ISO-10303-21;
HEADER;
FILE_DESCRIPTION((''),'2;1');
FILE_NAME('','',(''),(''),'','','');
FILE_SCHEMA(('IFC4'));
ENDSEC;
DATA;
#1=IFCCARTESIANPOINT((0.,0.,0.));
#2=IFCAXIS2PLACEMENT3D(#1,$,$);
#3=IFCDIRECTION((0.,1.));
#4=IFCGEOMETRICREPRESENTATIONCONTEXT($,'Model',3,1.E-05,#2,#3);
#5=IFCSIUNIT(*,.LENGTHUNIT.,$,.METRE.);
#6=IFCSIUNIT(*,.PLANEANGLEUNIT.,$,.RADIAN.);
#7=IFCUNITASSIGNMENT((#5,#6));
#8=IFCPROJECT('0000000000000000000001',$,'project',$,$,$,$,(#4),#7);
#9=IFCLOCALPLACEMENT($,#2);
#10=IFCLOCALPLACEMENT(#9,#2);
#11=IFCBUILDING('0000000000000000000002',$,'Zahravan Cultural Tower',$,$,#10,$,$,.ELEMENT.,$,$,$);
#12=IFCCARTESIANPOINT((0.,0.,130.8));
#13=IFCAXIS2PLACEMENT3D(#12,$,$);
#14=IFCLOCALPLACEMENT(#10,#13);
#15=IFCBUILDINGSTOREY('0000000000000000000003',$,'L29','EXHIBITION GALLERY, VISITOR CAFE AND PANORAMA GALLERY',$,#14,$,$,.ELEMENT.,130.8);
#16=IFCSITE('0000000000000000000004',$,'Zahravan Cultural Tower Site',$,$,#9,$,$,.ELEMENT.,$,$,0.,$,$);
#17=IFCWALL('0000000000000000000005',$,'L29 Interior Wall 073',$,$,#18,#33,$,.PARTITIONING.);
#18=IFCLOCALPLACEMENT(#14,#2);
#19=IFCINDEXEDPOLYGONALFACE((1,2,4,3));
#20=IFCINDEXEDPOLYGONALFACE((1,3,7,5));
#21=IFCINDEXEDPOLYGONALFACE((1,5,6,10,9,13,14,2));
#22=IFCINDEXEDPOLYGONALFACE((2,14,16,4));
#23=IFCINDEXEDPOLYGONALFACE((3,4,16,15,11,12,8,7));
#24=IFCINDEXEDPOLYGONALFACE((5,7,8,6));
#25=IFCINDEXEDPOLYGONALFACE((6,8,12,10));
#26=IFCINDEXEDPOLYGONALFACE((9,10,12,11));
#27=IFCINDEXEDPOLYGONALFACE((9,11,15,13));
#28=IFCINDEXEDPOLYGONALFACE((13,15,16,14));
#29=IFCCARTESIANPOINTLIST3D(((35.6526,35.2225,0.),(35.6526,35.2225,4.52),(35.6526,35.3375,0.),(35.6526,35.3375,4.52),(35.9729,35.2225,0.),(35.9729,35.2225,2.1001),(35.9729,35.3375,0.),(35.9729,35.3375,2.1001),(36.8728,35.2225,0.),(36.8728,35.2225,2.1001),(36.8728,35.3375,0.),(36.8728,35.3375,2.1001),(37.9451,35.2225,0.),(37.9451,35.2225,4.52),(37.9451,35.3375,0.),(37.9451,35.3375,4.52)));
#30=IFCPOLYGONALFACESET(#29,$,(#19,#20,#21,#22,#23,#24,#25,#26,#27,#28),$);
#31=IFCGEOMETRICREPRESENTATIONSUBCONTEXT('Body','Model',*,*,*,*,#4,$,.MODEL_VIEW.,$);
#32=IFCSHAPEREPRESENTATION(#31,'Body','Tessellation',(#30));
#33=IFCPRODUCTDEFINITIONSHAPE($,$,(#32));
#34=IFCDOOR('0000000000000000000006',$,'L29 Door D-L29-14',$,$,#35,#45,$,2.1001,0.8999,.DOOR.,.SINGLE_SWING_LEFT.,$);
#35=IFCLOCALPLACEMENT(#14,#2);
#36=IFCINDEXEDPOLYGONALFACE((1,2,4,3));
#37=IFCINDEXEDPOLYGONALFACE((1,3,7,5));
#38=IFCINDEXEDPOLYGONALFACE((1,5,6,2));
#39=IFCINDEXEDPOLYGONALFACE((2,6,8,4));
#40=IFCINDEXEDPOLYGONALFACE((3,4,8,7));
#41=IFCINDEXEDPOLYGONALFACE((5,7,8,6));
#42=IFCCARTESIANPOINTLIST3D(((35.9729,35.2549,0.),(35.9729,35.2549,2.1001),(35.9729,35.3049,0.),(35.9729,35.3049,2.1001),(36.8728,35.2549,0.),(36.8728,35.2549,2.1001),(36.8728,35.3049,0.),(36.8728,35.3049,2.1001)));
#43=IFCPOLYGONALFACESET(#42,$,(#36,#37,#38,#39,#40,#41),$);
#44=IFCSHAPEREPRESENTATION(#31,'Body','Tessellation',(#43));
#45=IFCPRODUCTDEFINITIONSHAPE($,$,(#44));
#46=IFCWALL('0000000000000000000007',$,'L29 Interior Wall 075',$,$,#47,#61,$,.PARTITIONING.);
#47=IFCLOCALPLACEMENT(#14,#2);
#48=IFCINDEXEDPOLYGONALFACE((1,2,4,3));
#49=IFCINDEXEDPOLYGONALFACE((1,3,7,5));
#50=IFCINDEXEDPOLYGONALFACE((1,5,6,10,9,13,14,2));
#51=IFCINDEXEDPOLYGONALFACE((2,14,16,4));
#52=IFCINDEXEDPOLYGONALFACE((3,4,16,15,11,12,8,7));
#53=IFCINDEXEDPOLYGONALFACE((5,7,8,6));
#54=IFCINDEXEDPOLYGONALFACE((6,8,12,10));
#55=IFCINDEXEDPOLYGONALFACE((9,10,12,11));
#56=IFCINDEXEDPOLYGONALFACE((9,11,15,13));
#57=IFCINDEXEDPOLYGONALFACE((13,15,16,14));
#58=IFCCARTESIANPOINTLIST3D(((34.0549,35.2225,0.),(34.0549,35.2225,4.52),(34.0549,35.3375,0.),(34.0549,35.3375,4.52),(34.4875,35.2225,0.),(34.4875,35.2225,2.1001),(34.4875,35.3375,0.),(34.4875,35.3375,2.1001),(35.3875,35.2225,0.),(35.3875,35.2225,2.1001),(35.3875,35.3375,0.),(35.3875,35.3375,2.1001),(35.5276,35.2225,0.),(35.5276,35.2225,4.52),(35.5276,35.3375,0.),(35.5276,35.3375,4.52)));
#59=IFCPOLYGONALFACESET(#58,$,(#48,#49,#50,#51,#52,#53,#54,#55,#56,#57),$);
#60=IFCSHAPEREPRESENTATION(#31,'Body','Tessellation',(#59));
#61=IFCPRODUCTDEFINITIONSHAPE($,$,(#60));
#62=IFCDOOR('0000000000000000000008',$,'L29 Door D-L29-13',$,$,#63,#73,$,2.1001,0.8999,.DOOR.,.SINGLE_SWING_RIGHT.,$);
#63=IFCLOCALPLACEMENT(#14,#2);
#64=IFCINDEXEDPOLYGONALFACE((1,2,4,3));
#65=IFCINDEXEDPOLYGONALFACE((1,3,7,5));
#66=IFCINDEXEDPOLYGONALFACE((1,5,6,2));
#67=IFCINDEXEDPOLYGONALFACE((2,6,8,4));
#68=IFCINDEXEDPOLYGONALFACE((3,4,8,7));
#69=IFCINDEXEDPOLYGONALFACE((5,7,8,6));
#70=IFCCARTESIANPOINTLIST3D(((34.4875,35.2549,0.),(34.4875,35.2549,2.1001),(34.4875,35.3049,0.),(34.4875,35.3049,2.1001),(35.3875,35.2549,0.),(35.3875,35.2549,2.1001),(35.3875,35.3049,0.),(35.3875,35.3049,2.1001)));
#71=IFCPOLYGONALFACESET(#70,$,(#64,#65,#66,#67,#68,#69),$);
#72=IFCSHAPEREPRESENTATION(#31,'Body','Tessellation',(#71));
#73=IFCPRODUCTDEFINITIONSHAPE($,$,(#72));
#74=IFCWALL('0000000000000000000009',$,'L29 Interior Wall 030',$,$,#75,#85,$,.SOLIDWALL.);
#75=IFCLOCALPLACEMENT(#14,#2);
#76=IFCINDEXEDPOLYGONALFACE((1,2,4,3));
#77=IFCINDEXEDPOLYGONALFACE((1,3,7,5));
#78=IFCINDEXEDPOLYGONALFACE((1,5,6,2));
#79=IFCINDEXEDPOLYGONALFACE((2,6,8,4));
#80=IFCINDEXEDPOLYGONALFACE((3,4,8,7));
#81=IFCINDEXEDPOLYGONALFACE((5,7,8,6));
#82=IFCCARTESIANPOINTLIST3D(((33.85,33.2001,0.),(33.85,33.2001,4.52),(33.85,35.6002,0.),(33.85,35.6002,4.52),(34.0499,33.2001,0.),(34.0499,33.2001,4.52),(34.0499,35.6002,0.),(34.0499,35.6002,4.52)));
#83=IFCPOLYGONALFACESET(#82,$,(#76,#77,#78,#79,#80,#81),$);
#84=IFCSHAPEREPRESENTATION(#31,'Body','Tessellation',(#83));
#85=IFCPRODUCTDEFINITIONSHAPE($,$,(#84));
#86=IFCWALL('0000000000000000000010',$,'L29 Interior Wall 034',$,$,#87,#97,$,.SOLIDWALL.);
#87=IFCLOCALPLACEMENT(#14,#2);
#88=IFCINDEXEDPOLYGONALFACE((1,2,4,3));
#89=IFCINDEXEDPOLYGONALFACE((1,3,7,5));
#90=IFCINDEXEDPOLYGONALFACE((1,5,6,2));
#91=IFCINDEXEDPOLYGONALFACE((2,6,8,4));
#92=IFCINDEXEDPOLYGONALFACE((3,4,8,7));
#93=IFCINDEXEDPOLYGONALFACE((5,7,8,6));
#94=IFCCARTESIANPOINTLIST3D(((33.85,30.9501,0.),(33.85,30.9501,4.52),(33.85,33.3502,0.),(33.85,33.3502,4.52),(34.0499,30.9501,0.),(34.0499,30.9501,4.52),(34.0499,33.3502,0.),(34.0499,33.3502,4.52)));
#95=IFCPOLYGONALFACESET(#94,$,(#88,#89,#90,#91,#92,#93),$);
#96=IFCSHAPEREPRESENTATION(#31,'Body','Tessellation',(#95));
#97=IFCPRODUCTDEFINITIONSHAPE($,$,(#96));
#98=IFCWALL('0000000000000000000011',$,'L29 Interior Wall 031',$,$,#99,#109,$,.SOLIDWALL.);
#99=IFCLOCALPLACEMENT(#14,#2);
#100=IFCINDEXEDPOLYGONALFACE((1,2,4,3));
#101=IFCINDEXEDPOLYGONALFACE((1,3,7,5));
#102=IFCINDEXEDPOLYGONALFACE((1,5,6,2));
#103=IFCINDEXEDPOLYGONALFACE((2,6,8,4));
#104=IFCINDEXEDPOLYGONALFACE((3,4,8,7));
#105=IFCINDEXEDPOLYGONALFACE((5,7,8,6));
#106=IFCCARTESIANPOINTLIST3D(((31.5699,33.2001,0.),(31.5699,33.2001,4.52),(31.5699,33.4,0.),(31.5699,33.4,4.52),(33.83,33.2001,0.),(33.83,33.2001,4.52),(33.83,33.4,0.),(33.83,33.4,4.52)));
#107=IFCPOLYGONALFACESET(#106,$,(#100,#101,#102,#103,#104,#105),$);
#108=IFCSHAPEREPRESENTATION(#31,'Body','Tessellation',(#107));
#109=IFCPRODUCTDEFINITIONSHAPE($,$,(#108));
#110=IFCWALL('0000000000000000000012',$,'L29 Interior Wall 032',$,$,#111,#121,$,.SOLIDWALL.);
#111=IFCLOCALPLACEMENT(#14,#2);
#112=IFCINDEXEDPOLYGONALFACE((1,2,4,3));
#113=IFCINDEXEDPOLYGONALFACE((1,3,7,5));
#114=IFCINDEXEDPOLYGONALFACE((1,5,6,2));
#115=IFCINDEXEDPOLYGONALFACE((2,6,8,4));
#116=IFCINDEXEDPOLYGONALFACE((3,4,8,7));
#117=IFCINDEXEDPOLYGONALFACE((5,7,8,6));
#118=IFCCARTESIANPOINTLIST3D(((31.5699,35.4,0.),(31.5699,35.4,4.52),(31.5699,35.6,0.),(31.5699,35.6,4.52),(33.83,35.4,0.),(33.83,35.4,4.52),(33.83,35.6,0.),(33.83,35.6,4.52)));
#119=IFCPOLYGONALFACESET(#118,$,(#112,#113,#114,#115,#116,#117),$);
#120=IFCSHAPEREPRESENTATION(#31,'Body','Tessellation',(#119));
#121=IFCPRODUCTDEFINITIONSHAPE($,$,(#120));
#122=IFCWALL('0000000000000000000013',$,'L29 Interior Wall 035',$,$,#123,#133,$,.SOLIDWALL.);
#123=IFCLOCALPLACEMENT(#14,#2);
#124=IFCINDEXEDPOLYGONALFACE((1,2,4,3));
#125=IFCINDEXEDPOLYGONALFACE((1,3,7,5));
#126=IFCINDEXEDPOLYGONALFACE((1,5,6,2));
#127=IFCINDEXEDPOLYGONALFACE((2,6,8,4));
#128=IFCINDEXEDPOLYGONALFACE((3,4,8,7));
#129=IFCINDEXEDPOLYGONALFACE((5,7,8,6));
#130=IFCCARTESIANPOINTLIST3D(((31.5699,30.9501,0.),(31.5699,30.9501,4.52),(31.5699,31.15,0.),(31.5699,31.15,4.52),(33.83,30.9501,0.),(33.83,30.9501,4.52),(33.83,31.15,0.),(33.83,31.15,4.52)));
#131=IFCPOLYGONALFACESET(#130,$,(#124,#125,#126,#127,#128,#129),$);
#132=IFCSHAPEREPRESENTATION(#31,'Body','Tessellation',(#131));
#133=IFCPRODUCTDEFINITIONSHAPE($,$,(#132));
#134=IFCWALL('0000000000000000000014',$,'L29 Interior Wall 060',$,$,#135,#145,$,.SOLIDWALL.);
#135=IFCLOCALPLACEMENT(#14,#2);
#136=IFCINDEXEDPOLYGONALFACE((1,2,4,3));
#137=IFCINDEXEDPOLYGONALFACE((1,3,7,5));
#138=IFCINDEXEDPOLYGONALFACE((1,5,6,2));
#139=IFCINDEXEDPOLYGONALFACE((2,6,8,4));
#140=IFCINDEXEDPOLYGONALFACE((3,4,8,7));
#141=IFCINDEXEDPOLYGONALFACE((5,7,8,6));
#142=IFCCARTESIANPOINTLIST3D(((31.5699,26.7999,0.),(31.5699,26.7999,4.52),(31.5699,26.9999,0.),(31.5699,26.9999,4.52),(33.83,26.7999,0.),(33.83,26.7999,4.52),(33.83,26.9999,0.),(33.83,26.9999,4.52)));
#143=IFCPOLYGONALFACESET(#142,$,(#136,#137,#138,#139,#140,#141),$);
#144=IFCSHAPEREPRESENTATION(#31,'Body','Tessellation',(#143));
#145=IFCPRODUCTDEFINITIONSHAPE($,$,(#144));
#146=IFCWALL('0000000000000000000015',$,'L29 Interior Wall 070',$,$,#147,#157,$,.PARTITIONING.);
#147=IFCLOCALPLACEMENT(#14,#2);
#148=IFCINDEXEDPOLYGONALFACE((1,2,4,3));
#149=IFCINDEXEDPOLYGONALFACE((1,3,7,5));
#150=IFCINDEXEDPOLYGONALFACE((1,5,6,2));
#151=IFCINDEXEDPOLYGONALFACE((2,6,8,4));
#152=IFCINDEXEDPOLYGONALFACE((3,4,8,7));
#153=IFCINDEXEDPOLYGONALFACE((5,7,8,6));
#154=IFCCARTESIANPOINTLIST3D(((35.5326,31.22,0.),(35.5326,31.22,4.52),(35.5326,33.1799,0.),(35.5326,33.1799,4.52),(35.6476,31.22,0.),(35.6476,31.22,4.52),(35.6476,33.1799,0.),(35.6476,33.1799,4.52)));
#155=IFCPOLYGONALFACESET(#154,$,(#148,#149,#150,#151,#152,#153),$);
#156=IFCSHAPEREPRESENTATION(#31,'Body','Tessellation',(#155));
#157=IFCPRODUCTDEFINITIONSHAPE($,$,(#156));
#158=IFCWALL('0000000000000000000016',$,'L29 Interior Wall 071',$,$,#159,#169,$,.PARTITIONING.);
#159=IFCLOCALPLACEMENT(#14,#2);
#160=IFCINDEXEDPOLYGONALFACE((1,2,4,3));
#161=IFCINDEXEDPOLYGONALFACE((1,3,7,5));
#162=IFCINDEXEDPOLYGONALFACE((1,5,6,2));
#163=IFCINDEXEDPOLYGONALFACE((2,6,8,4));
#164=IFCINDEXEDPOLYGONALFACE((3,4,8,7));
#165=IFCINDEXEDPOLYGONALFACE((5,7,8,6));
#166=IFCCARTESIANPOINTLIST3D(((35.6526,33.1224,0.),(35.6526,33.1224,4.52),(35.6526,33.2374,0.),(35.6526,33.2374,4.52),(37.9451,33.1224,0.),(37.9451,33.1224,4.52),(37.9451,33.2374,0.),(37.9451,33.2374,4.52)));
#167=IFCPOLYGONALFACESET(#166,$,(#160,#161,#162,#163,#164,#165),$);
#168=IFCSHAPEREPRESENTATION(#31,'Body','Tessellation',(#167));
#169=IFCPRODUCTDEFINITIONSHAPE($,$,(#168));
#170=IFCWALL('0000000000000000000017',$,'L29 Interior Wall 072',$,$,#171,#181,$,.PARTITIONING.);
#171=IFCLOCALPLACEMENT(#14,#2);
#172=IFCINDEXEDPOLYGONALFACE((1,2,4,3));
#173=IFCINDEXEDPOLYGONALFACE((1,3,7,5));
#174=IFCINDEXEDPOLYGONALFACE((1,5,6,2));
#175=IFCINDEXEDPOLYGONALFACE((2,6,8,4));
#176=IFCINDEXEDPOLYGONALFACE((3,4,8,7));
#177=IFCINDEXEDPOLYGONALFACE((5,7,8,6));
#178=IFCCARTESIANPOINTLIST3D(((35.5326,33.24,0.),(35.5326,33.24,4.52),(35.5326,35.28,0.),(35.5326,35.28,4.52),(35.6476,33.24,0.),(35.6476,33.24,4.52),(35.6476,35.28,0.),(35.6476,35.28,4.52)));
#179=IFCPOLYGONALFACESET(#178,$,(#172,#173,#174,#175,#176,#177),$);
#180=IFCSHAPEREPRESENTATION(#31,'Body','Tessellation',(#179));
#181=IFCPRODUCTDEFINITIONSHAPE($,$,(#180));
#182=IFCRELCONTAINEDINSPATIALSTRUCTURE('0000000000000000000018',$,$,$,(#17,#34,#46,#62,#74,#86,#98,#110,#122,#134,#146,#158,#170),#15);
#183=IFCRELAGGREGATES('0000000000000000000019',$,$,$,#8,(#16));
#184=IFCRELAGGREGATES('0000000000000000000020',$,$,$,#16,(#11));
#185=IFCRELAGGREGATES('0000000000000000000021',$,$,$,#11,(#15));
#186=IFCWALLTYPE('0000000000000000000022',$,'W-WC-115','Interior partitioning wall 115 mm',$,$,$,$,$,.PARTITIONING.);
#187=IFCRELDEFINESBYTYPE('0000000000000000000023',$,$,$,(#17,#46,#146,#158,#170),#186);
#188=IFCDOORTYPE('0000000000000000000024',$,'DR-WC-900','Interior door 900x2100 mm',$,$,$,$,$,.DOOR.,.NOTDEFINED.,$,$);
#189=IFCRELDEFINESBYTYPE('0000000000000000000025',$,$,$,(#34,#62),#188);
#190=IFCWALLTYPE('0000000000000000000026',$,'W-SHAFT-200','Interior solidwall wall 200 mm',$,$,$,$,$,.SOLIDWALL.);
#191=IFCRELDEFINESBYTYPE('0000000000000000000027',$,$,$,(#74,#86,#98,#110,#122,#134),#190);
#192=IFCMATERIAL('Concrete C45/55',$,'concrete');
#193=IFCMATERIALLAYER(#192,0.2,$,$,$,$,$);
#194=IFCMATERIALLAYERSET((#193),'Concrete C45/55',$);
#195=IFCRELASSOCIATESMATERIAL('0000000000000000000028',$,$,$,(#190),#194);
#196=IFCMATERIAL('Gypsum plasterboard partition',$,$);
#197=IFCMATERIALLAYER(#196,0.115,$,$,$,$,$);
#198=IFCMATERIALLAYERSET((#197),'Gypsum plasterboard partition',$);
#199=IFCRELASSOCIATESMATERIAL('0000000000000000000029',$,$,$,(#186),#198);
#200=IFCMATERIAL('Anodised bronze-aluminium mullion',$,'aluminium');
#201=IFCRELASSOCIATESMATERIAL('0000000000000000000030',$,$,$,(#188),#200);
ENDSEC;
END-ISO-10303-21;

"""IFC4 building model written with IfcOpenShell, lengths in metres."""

from ifc_helpers import new_model, si_unit, direction, frame, frame_2d, origin, place, context, subcontext, project, spatial, rectangle, extrude, source, transform, mapped, material, layer, layer_set, type_object, element, fill, save


model = new_model("IFC4")

# Units and contexts
model_context = context("Model", 3, precision=1e-05, world=origin(), true_north=direction((0.0, 1.0)))
body_context = subcontext(model_context, "Body", "Model", "MODEL_VIEW")
ifc_project = project(units=[si_unit("LENGTHUNIT", "METRE"), si_unit("PLANEANGLEUNIT", "RADIAN")], contexts=[model_context])

# Site, building, storey
site_placement = place(None, origin())
site = spatial("IfcSite", under=ifc_project, at=site_placement, Name="Zahravan Cultural Tower Site", CompositionType="ELEMENT", RefElevation=0.0)
building_placement = place(site_placement, origin())
building = spatial("IfcBuilding", under=site, at=building_placement, Name="Zahravan Cultural Tower", CompositionType="ELEMENT")
storey_placement = place(building_placement, frame((0.0, 0.0, 130.8)))
storey = spatial("IfcBuildingStorey", under=building, at=storey_placement, Name="L29", Description="EXHIBITION GALLERY, VISITOR CAFE AND PANORAMA GALLERY", CompositionType="ELEMENT", Elevation=130.8)

# Walls, openings, doors
ifc_material_1 = material(Name="Gypsum plasterboard partition")
ifc_material_2 = material(Name="Anodised bronze-aluminium mullion", Category="aluminium")
ifc_material_3 = material(Name="Concrete C45/55", Category="concrete")
ifc_layer_1 = layer(ifc_material_3, 0.2)
ifc_layer_set_1 = layer_set([ifc_layer_1], Name="Concrete C45/55")
wall_type_1 = type_object("IfcWallType", Name="W-SHAFT-200", Description="Interior solidwall wall 200 mm", PredefinedType="SOLIDWALL", material=ifc_layer_set_1)
ifc_layer_2 = layer(ifc_material_1, 0.115)
ifc_layer_set_2 = layer_set([ifc_layer_2], Name="Gypsum plasterboard partition")
wall_type_2 = type_object("IfcWallType", Name="W-WC-115", Description="Interior partitioning wall 115 mm", PredefinedType="PARTITIONING", material=ifc_layer_set_2)
wall_1_placement = place(storey_placement, frame((35.6526, 35.28, 0.0), z_axis=(0.0, 0.0, 1.0), x_axis=(1.0, 0.0, 0.0)))
wall_1 = element("IfcWall", 1, at=wall_1_placement, inside=storey, type_object=wall_type_2, Name="L29 Interior Wall 073", PredefinedType="PARTITIONING", context=body_context, shape_type="SweptSolid", body=[
    extrude(rectangle(XDim=2.2925, YDim=0.115, at=frame_2d((1.1462, 0.0))), origin(), (0.0, 0.0, 1.0), 4.52),
])
opening_1_placement = place(wall_1_placement, frame((0.3203, 0.0, 0.0)))
opening_1 = element("IfcOpeningElement", 2, at=opening_1_placement, cuts=wall_1, PredefinedType="OPENING", context=body_context, shape_type="SweptSolid", body=[
    extrude(rectangle(XDim=0.8999, YDim=2.1001, at=frame_2d((0.45, 1.05))), frame((0.0, 0.0674, 0.0), z_axis=(0.0, -1.0, 0.0), x_axis=(1.0, 0.0, 0.0)), (0.0, 0.0, 1.0), 0.135),
])
door_type_1 = type_object("IfcDoorType", Name="DR-WC-900", Description="Interior door 900x2100 mm", OperationType="NOTDEFINED", PredefinedType="DOOR", material=ifc_material_2)
shared_shape_1 = source(origin(), body_context, "Body", "SweptSolid", [
    extrude(rectangle(XDim=0.8999, YDim=2.1001, at=frame_2d((0.45, 1.05))), frame((0.0, 0.0249, 0.0), z_axis=(0.0, -1.0, 0.0), x_axis=(1.0, 0.0, 0.0)), (0.0, 0.0, 1.0), 0.05),
])
door_1_placement = place(opening_1_placement, origin())
door_1 = element("IfcDoor", 3, at=door_1_placement, inside=storey, type_object=door_type_1, Name="L29 Door D-L29-14", OperationType="SINGLE_SWING_LEFT", OverallHeight=2.1001, OverallWidth=0.8999, PredefinedType="DOOR", context=body_context, shape_type="MappedRepresentation", body=[
    mapped(shared_shape_1, transform((0.0, 0.0, 0.0), x_axis=(1.0, 0.0, 0.0), y_axis=(0.0, 1.0, 0.0), z_axis=(0.0, 0.0, 1.0), scale=1.0)),
])
fill(opening_1, door_1)
wall_2_placement = place(storey_placement, frame((34.0549, 35.28, 0.0), z_axis=(0.0, 0.0, 1.0), x_axis=(1.0, 0.0, 0.0)))
wall_2 = element("IfcWall", 4, at=wall_2_placement, inside=storey, type_object=wall_type_2, Name="L29 Interior Wall 075", PredefinedType="PARTITIONING", context=body_context, shape_type="SweptSolid", body=[
    extrude(rectangle(XDim=1.4727, YDim=0.115, at=frame_2d((0.7363, 0.0))), origin(), (0.0, 0.0, 1.0), 4.52),
])
opening_2_placement = place(wall_2_placement, frame((0.4326, 0.0, 0.0)))
opening_2 = element("IfcOpeningElement", 5, at=opening_2_placement, cuts=wall_2, PredefinedType="OPENING", context=body_context, shape_type="SweptSolid", body=[
    extrude(rectangle(XDim=0.8999, YDim=2.1001, at=frame_2d((0.45, 1.05))), frame((0.0, 0.0674, 0.0), z_axis=(0.0, -1.0, 0.0), x_axis=(1.0, 0.0, 0.0)), (0.0, 0.0, 1.0), 0.135),
])
door_2_placement = place(opening_2_placement, origin())
door_2 = element("IfcDoor", 6, at=door_2_placement, inside=storey, type_object=door_type_1, Name="L29 Door D-L29-13", OperationType="SINGLE_SWING_RIGHT", OverallHeight=2.1001, OverallWidth=0.8999, PredefinedType="DOOR", context=body_context, shape_type="MappedRepresentation", body=[
    mapped(shared_shape_1, transform((0.0, 0.0, 0.0), x_axis=(1.0, 0.0, 0.0), y_axis=(0.0, 1.0, 0.0), z_axis=(0.0, 0.0, 1.0), scale=1.0)),
])
fill(opening_2, door_2)

# Walls
shared_shape_2 = source(origin(), body_context, "Body", "SweptSolid", [
    extrude(rectangle(XDim=2.4001, YDim=0.2, at=frame_2d((1.2002, 0.0))), origin(), (0.0, 0.0, 1.0), 4.52),
])
for number, where, z_axis, x_axis, name in (
    (7, (33.95, 33.2, 0.0), (0.0, 0.0, 1.0), (0.0, 1.0, 0.0), "L29 Interior Wall 030"),
    (8, (33.95, 30.95, 0.0), (0.0, 0.0, 1.0), (0.0, 1.0, 0.0), "L29 Interior Wall 034"),
):
    element("IfcWall", number, at=place(storey_placement, frame(where, z_axis=z_axis, x_axis=x_axis)), inside=storey, type_object=wall_type_1, Name=name, PredefinedType="SOLIDWALL", context=body_context, shape_type="MappedRepresentation", body=[
        mapped(shared_shape_2, transform((0.0, 0.0, 0.0), x_axis=(1.0, 0.0, 0.0), y_axis=(0.0, 1.0, 0.0), z_axis=(0.0, 0.0, 1.0), scale=1.0)),
    ])
shared_shape_3 = source(origin(), body_context, "Body", "SweptSolid", [
    extrude(rectangle(XDim=2.26, YDim=0.2, at=frame_2d((1.1299, 0.0))), origin(), (0.0, 0.0, 1.0), 4.52),
])
for number, where, z_axis, x_axis, name in (
    (9, (31.5701, 33.3, 0.0), (0.0, 0.0, 1.0), (1.0, 0.0, 0.0), "L29 Interior Wall 031"),
    (10, (31.5701, 35.5, 0.0), (0.0, 0.0, 1.0), (1.0, 0.0, 0.0), "L29 Interior Wall 032"),
    (11, (31.5701, 31.05, 0.0), (0.0, 0.0, 1.0), (1.0, 0.0, 0.0), "L29 Interior Wall 035"),
    (12, (31.5701, 26.8999, 0.0), (0.0, 0.0, 1.0), (1.0, 0.0, 0.0), "L29 Interior Wall 060"),
):
    element("IfcWall", number, at=place(storey_placement, frame(where, z_axis=z_axis, x_axis=x_axis)), inside=storey, type_object=wall_type_1, Name=name, PredefinedType="SOLIDWALL", context=body_context, shape_type="MappedRepresentation", body=[
        mapped(shared_shape_3, transform((0.0, 0.0, 0.0), x_axis=(1.0, 0.0, 0.0), y_axis=(0.0, 1.0, 0.0), z_axis=(0.0, 0.0, 1.0), scale=1.0)),
    ])
shared_shape_4 = source(origin(), body_context, "Body", "SweptSolid", [
    extrude(rectangle(XDim=1.96, YDim=0.115, at=frame_2d((0.98, 0.0))), origin(), (0.0, 0.0, 1.0), 4.52),
])
wall_3_placement = place(storey_placement, frame((35.5901, 31.22, 0.0), z_axis=(0.0, 0.0, 1.0), x_axis=(0.0, 1.0, 0.0)))
element("IfcWall", 13, at=wall_3_placement, inside=storey, type_object=wall_type_2, Name="L29 Interior Wall 070", PredefinedType="PARTITIONING", context=body_context, shape_type="MappedRepresentation", body=[
    mapped(shared_shape_4, transform((0.0, 0.0, 0.0), x_axis=(1.0, 0.0, 0.0), y_axis=(0.0, 1.0, 0.0), z_axis=(0.0, 0.0, 1.0), scale=1.0)),
])
shared_shape_5 = source(origin(), body_context, "Body", "SweptSolid", [
    extrude(rectangle(XDim=2.2925, YDim=0.115, at=frame_2d((1.1462, 0.0))), origin(), (0.0, 0.0, 1.0), 4.52),
])
wall_4_placement = place(storey_placement, frame((35.6526, 33.1799, 0.0), z_axis=(0.0, 0.0, 1.0), x_axis=(1.0, 0.0, 0.0)))
element("IfcWall", 14, at=wall_4_placement, inside=storey, type_object=wall_type_2, Name="L29 Interior Wall 071", PredefinedType="PARTITIONING", context=body_context, shape_type="MappedRepresentation", body=[
    mapped(shared_shape_5, transform((0.0, 0.0, 0.0), x_axis=(1.0, 0.0, 0.0), y_axis=(0.0, 1.0, 0.0), z_axis=(0.0, 0.0, 1.0), scale=1.0)),
])
shared_shape_6 = source(origin(), body_context, "Body", "SweptSolid", [
    extrude(rectangle(XDim=2.04, YDim=0.115, at=frame_2d((1.02, 0.0))), origin(), (0.0, 0.0, 1.0), 4.52),
])
wall_5_placement = place(storey_placement, frame((35.5901, 33.24, 0.0), z_axis=(0.0, 0.0, 1.0), x_axis=(0.0, 1.0, 0.0)))
element("IfcWall", 15, at=wall_5_placement, inside=storey, type_object=wall_type_2, Name="L29 Interior Wall 072", PredefinedType="PARTITIONING", context=body_context, shape_type="MappedRepresentation", body=[
    mapped(shared_shape_6, transform((0.0, 0.0, 0.0), x_axis=(1.0, 0.0, 0.0), y_axis=(0.0, 1.0, 0.0), z_axis=(0.0, 0.0, 1.0), scale=1.0)),
])

save(model, "model.ifc")
